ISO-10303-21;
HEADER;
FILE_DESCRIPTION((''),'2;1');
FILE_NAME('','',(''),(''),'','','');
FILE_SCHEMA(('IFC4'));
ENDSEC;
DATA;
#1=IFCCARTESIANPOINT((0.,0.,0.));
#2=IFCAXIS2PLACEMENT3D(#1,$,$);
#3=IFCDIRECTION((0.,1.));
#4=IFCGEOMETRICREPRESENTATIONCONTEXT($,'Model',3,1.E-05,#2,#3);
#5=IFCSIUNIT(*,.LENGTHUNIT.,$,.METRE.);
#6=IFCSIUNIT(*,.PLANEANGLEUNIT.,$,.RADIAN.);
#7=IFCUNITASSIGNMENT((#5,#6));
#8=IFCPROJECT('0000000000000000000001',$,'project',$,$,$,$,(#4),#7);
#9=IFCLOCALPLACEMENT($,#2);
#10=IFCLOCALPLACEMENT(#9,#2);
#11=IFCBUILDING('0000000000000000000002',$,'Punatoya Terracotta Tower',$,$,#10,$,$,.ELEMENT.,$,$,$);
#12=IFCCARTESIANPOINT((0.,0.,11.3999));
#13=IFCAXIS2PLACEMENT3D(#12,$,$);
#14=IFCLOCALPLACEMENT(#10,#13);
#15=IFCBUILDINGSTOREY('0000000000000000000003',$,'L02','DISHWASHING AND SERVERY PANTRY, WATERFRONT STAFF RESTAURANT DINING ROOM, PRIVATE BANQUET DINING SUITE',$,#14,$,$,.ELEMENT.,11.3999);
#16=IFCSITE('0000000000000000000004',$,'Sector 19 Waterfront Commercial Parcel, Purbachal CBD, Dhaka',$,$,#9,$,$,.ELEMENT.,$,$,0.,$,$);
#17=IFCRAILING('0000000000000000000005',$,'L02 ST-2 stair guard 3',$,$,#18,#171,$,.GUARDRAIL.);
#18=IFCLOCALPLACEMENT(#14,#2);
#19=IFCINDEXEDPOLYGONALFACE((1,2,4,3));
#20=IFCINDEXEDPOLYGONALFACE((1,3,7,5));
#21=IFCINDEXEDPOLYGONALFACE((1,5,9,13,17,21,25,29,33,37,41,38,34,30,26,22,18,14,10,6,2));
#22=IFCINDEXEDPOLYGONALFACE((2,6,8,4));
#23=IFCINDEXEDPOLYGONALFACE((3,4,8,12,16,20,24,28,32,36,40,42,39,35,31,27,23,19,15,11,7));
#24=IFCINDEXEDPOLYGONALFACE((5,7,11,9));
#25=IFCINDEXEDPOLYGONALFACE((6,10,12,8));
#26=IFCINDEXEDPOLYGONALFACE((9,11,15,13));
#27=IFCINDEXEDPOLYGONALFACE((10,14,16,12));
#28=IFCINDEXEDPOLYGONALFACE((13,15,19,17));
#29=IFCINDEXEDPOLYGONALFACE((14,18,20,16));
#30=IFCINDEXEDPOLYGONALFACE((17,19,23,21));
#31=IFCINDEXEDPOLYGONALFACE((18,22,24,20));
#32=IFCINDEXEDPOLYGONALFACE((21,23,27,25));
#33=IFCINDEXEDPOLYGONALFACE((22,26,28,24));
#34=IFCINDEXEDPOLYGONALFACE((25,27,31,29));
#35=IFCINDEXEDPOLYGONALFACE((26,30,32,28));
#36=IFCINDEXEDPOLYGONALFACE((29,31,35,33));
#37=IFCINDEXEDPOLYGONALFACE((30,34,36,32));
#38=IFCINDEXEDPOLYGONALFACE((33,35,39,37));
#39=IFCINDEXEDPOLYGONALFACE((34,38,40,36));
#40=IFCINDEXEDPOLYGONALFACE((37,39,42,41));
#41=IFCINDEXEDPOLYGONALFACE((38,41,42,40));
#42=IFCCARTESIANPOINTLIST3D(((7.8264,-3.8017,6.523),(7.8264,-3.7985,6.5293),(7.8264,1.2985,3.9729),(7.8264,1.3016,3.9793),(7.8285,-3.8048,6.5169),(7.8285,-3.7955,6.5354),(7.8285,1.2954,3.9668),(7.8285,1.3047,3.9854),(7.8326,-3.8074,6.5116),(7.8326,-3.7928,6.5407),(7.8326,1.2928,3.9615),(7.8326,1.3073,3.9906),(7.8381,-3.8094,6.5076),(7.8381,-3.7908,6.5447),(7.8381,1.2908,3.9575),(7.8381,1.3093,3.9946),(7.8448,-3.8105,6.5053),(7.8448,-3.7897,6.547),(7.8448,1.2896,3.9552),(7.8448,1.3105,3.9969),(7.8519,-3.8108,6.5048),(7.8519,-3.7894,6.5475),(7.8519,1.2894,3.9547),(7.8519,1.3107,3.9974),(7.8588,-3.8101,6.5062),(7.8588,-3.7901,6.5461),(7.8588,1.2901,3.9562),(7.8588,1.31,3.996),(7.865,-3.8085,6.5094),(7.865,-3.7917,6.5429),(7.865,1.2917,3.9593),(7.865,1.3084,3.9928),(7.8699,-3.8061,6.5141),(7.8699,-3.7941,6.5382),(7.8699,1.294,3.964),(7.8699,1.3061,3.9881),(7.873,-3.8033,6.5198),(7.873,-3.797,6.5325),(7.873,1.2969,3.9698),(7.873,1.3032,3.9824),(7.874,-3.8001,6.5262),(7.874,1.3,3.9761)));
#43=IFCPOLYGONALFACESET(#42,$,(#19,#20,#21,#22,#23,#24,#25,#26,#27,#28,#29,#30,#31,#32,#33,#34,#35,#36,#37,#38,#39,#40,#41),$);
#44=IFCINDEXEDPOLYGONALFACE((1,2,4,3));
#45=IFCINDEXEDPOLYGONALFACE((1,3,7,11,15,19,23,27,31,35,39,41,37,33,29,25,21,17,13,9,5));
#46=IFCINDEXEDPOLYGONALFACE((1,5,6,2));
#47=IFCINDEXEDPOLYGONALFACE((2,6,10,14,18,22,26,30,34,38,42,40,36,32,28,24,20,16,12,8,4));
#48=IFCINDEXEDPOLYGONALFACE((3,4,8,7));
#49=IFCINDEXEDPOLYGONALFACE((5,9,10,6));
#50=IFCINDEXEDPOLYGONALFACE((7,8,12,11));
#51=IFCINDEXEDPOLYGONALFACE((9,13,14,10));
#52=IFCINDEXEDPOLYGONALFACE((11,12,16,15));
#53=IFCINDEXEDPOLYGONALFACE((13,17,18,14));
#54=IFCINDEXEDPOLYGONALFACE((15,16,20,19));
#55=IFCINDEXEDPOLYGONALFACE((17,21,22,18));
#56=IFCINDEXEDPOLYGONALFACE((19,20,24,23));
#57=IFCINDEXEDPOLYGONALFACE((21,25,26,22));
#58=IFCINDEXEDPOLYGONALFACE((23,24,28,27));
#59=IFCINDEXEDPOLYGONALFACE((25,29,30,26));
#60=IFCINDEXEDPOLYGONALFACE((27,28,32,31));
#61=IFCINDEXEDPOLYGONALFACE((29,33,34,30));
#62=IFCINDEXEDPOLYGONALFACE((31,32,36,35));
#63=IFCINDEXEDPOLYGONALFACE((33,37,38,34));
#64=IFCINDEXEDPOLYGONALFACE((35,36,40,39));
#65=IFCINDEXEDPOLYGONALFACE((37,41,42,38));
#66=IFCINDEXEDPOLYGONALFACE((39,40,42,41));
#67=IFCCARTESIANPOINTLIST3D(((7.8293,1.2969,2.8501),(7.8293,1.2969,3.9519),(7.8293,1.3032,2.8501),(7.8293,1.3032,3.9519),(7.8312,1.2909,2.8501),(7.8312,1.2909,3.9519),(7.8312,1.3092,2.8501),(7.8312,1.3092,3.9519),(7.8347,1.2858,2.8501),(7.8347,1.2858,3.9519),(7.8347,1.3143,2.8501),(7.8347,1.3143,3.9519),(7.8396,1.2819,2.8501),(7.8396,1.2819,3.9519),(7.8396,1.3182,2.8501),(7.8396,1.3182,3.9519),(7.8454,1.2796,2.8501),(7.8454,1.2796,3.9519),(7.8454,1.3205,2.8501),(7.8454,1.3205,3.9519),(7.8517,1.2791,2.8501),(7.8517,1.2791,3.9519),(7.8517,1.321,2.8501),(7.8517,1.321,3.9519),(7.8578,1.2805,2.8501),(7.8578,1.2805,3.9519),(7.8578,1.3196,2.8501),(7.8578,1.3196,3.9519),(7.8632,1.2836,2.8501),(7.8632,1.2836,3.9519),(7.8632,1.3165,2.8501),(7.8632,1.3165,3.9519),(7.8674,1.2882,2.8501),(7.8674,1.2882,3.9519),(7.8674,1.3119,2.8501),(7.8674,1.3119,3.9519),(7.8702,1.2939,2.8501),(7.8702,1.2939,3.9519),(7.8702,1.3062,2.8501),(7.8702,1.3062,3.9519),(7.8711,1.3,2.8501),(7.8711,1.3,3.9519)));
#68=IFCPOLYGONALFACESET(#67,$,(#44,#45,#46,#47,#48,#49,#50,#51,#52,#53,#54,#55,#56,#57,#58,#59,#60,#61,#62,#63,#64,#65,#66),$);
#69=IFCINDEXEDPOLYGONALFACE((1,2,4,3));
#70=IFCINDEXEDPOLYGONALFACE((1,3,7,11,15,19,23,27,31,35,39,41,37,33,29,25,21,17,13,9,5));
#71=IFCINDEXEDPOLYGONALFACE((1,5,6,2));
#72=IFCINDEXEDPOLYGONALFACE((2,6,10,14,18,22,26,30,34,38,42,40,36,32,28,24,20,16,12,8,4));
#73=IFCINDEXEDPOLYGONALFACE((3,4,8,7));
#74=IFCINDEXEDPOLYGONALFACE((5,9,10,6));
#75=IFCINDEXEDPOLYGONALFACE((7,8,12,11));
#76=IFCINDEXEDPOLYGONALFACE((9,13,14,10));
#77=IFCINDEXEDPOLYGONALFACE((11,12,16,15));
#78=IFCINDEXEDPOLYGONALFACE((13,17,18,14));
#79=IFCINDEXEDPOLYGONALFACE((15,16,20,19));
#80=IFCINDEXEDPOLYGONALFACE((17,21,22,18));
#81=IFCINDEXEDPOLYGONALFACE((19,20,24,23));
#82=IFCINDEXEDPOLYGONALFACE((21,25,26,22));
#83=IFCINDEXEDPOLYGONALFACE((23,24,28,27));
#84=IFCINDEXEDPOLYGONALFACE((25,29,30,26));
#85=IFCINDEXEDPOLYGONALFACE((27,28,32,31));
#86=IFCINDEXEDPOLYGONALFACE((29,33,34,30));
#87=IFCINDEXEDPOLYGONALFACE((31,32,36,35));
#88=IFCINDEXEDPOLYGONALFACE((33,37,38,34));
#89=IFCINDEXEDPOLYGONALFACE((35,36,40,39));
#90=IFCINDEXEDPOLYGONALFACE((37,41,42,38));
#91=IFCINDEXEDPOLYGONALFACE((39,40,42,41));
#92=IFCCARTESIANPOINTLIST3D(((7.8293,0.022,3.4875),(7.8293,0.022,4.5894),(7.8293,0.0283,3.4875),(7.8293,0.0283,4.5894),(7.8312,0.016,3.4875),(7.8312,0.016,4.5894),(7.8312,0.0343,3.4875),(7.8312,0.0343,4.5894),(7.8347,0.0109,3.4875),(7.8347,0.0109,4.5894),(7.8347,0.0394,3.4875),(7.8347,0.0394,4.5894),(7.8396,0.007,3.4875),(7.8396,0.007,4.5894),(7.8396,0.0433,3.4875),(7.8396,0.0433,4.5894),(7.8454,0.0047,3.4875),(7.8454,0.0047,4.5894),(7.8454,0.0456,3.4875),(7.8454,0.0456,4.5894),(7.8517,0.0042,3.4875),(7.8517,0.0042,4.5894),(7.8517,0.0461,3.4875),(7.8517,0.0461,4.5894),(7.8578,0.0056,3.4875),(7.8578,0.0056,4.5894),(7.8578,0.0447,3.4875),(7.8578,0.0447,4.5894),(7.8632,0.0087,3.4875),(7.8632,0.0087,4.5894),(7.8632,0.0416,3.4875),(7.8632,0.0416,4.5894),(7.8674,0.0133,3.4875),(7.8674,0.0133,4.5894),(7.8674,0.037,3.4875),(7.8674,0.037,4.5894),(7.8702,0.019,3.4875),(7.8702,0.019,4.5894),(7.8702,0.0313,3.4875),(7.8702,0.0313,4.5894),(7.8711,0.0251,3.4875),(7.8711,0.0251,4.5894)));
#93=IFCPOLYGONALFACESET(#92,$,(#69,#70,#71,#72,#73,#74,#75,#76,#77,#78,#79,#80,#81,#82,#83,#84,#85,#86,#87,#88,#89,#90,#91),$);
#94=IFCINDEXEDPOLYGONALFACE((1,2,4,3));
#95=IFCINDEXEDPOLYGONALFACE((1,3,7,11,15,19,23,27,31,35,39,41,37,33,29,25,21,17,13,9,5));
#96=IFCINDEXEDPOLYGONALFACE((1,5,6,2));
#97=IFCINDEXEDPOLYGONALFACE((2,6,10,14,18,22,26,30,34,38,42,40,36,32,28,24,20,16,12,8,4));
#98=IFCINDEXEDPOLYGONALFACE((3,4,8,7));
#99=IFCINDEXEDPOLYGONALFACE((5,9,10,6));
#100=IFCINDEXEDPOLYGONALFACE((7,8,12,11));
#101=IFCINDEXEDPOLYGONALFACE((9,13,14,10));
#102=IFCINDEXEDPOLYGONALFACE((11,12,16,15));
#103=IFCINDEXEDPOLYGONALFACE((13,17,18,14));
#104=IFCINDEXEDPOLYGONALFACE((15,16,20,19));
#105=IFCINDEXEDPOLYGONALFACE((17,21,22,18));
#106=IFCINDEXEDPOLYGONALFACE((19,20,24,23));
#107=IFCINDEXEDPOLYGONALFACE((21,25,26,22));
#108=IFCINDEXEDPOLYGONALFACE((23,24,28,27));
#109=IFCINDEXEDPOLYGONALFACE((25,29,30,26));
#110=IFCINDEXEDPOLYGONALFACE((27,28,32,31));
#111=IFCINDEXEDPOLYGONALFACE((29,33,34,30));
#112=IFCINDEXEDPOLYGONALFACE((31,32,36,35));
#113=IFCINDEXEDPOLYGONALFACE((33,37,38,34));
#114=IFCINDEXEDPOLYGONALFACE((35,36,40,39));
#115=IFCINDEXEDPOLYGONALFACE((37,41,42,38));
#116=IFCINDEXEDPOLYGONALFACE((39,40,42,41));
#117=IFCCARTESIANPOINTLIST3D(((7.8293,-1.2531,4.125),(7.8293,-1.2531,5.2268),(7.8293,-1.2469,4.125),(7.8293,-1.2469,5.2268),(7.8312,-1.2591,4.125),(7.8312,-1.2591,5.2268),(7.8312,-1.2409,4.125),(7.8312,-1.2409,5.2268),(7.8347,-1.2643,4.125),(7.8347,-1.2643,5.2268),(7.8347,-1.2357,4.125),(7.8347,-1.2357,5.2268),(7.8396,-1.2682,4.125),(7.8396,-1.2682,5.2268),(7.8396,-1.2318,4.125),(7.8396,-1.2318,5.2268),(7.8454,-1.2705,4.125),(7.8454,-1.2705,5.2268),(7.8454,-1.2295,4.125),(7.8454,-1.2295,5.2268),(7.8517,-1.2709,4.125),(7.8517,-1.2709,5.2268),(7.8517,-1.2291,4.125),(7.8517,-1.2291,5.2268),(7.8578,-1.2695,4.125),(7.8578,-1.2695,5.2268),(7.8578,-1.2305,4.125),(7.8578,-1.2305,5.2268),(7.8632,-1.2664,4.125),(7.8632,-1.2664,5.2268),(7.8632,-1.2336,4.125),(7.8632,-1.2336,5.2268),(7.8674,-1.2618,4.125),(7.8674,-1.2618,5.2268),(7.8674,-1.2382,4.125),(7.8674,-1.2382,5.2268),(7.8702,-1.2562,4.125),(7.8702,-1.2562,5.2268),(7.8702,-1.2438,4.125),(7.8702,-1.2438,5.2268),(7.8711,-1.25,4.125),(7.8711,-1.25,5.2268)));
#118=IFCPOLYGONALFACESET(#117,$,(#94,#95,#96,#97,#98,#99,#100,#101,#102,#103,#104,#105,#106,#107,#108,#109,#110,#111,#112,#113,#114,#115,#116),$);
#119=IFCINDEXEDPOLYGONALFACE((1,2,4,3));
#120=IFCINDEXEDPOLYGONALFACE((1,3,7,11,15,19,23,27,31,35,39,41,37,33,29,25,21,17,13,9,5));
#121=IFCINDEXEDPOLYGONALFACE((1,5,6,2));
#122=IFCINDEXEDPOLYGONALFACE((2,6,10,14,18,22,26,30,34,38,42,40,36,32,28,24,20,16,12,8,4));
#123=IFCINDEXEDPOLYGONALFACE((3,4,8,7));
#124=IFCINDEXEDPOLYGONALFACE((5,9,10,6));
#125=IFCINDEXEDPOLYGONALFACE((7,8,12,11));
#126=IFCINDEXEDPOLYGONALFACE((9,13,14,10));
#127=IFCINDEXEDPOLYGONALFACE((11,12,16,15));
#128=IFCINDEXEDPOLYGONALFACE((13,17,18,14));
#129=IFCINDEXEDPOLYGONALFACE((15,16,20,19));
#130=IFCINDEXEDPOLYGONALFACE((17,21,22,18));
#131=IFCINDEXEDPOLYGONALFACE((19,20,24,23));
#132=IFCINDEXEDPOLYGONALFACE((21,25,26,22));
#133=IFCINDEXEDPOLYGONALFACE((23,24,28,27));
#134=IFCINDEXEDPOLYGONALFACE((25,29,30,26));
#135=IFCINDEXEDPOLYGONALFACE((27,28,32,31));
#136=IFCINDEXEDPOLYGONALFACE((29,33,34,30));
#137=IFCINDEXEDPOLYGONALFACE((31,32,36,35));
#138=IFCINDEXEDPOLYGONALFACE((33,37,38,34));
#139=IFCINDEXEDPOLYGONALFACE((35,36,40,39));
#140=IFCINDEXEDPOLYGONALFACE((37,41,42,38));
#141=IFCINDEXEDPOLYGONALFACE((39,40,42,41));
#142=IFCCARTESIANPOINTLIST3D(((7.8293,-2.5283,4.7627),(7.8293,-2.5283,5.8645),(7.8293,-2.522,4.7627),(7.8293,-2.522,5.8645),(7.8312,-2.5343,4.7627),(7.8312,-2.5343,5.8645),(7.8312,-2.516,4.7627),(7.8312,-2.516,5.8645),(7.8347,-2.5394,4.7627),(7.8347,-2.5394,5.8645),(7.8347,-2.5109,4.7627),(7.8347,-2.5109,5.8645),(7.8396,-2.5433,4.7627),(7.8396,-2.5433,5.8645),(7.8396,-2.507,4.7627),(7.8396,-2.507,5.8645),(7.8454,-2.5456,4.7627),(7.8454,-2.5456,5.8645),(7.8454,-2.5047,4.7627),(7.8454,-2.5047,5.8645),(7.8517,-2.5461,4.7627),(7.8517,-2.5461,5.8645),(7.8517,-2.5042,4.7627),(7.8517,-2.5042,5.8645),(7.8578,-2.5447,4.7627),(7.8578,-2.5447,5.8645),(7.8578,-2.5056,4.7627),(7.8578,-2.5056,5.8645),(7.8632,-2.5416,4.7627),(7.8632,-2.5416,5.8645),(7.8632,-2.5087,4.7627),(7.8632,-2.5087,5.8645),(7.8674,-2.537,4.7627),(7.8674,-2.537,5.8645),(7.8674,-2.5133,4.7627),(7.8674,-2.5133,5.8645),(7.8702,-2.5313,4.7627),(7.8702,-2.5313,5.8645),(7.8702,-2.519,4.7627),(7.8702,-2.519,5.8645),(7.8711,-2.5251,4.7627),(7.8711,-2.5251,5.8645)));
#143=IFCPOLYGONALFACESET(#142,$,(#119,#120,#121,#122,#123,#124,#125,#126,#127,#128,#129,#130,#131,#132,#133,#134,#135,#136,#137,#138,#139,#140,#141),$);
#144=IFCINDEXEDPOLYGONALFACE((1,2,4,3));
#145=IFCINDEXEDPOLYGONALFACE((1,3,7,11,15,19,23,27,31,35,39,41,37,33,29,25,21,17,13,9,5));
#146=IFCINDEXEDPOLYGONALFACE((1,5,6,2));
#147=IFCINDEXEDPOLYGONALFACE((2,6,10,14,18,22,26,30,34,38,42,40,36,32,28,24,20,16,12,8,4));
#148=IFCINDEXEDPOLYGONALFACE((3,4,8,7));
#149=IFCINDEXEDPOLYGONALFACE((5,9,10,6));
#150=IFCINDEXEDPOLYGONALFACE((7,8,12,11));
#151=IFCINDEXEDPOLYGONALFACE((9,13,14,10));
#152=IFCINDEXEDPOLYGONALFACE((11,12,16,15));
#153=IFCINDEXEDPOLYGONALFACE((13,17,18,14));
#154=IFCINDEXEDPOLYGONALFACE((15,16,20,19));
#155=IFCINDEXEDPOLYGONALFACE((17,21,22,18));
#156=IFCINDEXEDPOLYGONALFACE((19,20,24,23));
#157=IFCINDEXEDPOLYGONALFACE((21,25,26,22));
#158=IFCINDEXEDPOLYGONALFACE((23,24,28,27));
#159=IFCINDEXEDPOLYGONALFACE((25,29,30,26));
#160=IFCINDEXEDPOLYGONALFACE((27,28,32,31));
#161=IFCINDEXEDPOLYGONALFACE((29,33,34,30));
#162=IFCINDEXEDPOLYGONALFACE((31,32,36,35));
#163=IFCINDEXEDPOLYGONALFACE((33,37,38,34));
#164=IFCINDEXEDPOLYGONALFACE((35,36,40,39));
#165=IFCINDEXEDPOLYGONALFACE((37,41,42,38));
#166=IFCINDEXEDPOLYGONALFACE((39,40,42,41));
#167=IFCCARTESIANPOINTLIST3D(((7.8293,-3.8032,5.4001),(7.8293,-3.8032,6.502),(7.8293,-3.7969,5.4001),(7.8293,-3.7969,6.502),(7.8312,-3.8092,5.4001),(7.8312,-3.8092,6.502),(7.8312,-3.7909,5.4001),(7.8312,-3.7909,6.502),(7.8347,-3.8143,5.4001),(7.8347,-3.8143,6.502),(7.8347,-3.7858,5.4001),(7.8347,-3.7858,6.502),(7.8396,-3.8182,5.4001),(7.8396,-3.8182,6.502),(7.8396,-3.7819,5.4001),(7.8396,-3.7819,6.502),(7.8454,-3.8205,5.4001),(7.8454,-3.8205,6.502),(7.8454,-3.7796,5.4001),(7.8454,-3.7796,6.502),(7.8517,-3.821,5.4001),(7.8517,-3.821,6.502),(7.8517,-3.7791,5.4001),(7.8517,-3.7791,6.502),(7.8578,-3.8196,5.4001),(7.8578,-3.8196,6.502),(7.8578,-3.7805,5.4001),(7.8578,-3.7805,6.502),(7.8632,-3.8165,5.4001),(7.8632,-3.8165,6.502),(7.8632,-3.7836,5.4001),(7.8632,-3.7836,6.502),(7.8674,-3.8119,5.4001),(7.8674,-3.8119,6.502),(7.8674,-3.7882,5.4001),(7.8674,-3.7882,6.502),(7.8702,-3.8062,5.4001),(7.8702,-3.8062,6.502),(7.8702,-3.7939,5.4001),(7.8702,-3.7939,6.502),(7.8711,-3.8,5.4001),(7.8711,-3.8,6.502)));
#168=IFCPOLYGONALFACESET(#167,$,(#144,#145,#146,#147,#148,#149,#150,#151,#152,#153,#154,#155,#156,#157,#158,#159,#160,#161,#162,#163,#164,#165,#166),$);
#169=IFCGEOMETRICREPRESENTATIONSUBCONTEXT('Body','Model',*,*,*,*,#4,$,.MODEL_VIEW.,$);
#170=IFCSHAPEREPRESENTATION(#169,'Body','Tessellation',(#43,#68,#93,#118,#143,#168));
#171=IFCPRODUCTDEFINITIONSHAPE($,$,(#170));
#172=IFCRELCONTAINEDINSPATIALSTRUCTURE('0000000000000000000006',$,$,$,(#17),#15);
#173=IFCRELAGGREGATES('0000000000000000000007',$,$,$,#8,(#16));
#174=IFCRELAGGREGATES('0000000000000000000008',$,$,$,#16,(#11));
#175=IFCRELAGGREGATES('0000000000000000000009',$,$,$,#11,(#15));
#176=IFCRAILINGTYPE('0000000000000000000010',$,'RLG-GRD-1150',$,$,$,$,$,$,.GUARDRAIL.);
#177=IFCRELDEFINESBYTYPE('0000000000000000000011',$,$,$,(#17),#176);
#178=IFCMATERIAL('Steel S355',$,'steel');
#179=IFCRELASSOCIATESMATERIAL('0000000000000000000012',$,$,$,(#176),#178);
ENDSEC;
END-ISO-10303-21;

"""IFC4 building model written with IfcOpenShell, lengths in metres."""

from ifc_helpers import new_model, si_unit, direction, frame, origin, origin_2d, place, context, subcontext, project, spatial, circle, extrude, material, type_object, element, save


model = new_model("IFC4")

# Units and contexts
model_context = context("Model", 3, precision=1e-05, world=origin(), true_north=direction((0.0, 1.0)))
body_context = subcontext(model_context, "Body", "Model", "MODEL_VIEW")
ifc_project = project(units=[si_unit("LENGTHUNIT", "METRE"), si_unit("PLANEANGLEUNIT", "RADIAN")], contexts=[model_context])

# Site, building, storey
site_placement = place(None, origin())
site = spatial("IfcSite", under=ifc_project, at=site_placement, Name="Sector 19 Waterfront Commercial Parcel, Purbachal CBD, Dhaka", CompositionType="ELEMENT", RefElevation=0.0)
building_placement = place(site_placement, origin())
building = spatial("IfcBuilding", under=site, at=building_placement, Name="Punatoya Terracotta Tower", CompositionType="ELEMENT")
storey_placement = place(building_placement, frame((0.0, 0.0, 11.3999)))
storey = spatial("IfcBuildingStorey", under=building, at=storey_placement, Name="L02", Description="DISHWASHING AND SERVERY PANTRY, WATERFRONT STAFF RESTAURANT DINING ROOM, PRIVATE BANQUET DINING SUITE", CompositionType="ELEMENT", Elevation=11.3999)

# Shared definitions
ifc_material_1 = material(Name="Steel S355", Category="steel")

# Railing
railing_type_1 = type_object("IfcRailingType", Name="RLG-GRD-1150", PredefinedType="GUARDRAIL", material=ifc_material_1)
railing_1_placement = place(storey_placement, frame((7.8501, 1.3, 2.8501)))
element("IfcRailing", 1, at=railing_1_placement, inside=storey, type_object=railing_type_1, Name="L02 ST-2 stair guard 3", PredefinedType="GUARDRAIL", context=body_context, shape_type="SweptSolid", body=[
    extrude(circle(Radius=0.0239, at=origin_2d()), frame((0.0, 0.0, 1.126), z_axis=(0.0, -0.894427, 0.447214), x_axis=(1.0, 0.0, 0.0)), (0.0, 0.0, 1.0), 5.7021),
    extrude(circle(Radius=0.021, at=origin_2d()), origin(), (0.0, 0.0, 1.0), 1.1018),
    extrude(circle(Radius=0.021, at=origin_2d()), frame((0.0, -1.2749, 0.6375)), (0.0, 0.0, 1.0), 1.1018),
    extrude(circle(Radius=0.021, at=origin_2d()), frame((0.0, -2.55, 1.2749)), (0.0, 0.0, 1.0), 1.1018),
    extrude(circle(Radius=0.021, at=origin_2d()), frame((0.0, -3.8252, 1.9126)), (0.0, 0.0, 1.0), 1.1018),
    extrude(circle(Radius=0.021, at=origin_2d()), frame((0.0, -5.1001, 2.55)), (0.0, 0.0, 1.0), 1.1018),
])

save(model, "model.ifc")
